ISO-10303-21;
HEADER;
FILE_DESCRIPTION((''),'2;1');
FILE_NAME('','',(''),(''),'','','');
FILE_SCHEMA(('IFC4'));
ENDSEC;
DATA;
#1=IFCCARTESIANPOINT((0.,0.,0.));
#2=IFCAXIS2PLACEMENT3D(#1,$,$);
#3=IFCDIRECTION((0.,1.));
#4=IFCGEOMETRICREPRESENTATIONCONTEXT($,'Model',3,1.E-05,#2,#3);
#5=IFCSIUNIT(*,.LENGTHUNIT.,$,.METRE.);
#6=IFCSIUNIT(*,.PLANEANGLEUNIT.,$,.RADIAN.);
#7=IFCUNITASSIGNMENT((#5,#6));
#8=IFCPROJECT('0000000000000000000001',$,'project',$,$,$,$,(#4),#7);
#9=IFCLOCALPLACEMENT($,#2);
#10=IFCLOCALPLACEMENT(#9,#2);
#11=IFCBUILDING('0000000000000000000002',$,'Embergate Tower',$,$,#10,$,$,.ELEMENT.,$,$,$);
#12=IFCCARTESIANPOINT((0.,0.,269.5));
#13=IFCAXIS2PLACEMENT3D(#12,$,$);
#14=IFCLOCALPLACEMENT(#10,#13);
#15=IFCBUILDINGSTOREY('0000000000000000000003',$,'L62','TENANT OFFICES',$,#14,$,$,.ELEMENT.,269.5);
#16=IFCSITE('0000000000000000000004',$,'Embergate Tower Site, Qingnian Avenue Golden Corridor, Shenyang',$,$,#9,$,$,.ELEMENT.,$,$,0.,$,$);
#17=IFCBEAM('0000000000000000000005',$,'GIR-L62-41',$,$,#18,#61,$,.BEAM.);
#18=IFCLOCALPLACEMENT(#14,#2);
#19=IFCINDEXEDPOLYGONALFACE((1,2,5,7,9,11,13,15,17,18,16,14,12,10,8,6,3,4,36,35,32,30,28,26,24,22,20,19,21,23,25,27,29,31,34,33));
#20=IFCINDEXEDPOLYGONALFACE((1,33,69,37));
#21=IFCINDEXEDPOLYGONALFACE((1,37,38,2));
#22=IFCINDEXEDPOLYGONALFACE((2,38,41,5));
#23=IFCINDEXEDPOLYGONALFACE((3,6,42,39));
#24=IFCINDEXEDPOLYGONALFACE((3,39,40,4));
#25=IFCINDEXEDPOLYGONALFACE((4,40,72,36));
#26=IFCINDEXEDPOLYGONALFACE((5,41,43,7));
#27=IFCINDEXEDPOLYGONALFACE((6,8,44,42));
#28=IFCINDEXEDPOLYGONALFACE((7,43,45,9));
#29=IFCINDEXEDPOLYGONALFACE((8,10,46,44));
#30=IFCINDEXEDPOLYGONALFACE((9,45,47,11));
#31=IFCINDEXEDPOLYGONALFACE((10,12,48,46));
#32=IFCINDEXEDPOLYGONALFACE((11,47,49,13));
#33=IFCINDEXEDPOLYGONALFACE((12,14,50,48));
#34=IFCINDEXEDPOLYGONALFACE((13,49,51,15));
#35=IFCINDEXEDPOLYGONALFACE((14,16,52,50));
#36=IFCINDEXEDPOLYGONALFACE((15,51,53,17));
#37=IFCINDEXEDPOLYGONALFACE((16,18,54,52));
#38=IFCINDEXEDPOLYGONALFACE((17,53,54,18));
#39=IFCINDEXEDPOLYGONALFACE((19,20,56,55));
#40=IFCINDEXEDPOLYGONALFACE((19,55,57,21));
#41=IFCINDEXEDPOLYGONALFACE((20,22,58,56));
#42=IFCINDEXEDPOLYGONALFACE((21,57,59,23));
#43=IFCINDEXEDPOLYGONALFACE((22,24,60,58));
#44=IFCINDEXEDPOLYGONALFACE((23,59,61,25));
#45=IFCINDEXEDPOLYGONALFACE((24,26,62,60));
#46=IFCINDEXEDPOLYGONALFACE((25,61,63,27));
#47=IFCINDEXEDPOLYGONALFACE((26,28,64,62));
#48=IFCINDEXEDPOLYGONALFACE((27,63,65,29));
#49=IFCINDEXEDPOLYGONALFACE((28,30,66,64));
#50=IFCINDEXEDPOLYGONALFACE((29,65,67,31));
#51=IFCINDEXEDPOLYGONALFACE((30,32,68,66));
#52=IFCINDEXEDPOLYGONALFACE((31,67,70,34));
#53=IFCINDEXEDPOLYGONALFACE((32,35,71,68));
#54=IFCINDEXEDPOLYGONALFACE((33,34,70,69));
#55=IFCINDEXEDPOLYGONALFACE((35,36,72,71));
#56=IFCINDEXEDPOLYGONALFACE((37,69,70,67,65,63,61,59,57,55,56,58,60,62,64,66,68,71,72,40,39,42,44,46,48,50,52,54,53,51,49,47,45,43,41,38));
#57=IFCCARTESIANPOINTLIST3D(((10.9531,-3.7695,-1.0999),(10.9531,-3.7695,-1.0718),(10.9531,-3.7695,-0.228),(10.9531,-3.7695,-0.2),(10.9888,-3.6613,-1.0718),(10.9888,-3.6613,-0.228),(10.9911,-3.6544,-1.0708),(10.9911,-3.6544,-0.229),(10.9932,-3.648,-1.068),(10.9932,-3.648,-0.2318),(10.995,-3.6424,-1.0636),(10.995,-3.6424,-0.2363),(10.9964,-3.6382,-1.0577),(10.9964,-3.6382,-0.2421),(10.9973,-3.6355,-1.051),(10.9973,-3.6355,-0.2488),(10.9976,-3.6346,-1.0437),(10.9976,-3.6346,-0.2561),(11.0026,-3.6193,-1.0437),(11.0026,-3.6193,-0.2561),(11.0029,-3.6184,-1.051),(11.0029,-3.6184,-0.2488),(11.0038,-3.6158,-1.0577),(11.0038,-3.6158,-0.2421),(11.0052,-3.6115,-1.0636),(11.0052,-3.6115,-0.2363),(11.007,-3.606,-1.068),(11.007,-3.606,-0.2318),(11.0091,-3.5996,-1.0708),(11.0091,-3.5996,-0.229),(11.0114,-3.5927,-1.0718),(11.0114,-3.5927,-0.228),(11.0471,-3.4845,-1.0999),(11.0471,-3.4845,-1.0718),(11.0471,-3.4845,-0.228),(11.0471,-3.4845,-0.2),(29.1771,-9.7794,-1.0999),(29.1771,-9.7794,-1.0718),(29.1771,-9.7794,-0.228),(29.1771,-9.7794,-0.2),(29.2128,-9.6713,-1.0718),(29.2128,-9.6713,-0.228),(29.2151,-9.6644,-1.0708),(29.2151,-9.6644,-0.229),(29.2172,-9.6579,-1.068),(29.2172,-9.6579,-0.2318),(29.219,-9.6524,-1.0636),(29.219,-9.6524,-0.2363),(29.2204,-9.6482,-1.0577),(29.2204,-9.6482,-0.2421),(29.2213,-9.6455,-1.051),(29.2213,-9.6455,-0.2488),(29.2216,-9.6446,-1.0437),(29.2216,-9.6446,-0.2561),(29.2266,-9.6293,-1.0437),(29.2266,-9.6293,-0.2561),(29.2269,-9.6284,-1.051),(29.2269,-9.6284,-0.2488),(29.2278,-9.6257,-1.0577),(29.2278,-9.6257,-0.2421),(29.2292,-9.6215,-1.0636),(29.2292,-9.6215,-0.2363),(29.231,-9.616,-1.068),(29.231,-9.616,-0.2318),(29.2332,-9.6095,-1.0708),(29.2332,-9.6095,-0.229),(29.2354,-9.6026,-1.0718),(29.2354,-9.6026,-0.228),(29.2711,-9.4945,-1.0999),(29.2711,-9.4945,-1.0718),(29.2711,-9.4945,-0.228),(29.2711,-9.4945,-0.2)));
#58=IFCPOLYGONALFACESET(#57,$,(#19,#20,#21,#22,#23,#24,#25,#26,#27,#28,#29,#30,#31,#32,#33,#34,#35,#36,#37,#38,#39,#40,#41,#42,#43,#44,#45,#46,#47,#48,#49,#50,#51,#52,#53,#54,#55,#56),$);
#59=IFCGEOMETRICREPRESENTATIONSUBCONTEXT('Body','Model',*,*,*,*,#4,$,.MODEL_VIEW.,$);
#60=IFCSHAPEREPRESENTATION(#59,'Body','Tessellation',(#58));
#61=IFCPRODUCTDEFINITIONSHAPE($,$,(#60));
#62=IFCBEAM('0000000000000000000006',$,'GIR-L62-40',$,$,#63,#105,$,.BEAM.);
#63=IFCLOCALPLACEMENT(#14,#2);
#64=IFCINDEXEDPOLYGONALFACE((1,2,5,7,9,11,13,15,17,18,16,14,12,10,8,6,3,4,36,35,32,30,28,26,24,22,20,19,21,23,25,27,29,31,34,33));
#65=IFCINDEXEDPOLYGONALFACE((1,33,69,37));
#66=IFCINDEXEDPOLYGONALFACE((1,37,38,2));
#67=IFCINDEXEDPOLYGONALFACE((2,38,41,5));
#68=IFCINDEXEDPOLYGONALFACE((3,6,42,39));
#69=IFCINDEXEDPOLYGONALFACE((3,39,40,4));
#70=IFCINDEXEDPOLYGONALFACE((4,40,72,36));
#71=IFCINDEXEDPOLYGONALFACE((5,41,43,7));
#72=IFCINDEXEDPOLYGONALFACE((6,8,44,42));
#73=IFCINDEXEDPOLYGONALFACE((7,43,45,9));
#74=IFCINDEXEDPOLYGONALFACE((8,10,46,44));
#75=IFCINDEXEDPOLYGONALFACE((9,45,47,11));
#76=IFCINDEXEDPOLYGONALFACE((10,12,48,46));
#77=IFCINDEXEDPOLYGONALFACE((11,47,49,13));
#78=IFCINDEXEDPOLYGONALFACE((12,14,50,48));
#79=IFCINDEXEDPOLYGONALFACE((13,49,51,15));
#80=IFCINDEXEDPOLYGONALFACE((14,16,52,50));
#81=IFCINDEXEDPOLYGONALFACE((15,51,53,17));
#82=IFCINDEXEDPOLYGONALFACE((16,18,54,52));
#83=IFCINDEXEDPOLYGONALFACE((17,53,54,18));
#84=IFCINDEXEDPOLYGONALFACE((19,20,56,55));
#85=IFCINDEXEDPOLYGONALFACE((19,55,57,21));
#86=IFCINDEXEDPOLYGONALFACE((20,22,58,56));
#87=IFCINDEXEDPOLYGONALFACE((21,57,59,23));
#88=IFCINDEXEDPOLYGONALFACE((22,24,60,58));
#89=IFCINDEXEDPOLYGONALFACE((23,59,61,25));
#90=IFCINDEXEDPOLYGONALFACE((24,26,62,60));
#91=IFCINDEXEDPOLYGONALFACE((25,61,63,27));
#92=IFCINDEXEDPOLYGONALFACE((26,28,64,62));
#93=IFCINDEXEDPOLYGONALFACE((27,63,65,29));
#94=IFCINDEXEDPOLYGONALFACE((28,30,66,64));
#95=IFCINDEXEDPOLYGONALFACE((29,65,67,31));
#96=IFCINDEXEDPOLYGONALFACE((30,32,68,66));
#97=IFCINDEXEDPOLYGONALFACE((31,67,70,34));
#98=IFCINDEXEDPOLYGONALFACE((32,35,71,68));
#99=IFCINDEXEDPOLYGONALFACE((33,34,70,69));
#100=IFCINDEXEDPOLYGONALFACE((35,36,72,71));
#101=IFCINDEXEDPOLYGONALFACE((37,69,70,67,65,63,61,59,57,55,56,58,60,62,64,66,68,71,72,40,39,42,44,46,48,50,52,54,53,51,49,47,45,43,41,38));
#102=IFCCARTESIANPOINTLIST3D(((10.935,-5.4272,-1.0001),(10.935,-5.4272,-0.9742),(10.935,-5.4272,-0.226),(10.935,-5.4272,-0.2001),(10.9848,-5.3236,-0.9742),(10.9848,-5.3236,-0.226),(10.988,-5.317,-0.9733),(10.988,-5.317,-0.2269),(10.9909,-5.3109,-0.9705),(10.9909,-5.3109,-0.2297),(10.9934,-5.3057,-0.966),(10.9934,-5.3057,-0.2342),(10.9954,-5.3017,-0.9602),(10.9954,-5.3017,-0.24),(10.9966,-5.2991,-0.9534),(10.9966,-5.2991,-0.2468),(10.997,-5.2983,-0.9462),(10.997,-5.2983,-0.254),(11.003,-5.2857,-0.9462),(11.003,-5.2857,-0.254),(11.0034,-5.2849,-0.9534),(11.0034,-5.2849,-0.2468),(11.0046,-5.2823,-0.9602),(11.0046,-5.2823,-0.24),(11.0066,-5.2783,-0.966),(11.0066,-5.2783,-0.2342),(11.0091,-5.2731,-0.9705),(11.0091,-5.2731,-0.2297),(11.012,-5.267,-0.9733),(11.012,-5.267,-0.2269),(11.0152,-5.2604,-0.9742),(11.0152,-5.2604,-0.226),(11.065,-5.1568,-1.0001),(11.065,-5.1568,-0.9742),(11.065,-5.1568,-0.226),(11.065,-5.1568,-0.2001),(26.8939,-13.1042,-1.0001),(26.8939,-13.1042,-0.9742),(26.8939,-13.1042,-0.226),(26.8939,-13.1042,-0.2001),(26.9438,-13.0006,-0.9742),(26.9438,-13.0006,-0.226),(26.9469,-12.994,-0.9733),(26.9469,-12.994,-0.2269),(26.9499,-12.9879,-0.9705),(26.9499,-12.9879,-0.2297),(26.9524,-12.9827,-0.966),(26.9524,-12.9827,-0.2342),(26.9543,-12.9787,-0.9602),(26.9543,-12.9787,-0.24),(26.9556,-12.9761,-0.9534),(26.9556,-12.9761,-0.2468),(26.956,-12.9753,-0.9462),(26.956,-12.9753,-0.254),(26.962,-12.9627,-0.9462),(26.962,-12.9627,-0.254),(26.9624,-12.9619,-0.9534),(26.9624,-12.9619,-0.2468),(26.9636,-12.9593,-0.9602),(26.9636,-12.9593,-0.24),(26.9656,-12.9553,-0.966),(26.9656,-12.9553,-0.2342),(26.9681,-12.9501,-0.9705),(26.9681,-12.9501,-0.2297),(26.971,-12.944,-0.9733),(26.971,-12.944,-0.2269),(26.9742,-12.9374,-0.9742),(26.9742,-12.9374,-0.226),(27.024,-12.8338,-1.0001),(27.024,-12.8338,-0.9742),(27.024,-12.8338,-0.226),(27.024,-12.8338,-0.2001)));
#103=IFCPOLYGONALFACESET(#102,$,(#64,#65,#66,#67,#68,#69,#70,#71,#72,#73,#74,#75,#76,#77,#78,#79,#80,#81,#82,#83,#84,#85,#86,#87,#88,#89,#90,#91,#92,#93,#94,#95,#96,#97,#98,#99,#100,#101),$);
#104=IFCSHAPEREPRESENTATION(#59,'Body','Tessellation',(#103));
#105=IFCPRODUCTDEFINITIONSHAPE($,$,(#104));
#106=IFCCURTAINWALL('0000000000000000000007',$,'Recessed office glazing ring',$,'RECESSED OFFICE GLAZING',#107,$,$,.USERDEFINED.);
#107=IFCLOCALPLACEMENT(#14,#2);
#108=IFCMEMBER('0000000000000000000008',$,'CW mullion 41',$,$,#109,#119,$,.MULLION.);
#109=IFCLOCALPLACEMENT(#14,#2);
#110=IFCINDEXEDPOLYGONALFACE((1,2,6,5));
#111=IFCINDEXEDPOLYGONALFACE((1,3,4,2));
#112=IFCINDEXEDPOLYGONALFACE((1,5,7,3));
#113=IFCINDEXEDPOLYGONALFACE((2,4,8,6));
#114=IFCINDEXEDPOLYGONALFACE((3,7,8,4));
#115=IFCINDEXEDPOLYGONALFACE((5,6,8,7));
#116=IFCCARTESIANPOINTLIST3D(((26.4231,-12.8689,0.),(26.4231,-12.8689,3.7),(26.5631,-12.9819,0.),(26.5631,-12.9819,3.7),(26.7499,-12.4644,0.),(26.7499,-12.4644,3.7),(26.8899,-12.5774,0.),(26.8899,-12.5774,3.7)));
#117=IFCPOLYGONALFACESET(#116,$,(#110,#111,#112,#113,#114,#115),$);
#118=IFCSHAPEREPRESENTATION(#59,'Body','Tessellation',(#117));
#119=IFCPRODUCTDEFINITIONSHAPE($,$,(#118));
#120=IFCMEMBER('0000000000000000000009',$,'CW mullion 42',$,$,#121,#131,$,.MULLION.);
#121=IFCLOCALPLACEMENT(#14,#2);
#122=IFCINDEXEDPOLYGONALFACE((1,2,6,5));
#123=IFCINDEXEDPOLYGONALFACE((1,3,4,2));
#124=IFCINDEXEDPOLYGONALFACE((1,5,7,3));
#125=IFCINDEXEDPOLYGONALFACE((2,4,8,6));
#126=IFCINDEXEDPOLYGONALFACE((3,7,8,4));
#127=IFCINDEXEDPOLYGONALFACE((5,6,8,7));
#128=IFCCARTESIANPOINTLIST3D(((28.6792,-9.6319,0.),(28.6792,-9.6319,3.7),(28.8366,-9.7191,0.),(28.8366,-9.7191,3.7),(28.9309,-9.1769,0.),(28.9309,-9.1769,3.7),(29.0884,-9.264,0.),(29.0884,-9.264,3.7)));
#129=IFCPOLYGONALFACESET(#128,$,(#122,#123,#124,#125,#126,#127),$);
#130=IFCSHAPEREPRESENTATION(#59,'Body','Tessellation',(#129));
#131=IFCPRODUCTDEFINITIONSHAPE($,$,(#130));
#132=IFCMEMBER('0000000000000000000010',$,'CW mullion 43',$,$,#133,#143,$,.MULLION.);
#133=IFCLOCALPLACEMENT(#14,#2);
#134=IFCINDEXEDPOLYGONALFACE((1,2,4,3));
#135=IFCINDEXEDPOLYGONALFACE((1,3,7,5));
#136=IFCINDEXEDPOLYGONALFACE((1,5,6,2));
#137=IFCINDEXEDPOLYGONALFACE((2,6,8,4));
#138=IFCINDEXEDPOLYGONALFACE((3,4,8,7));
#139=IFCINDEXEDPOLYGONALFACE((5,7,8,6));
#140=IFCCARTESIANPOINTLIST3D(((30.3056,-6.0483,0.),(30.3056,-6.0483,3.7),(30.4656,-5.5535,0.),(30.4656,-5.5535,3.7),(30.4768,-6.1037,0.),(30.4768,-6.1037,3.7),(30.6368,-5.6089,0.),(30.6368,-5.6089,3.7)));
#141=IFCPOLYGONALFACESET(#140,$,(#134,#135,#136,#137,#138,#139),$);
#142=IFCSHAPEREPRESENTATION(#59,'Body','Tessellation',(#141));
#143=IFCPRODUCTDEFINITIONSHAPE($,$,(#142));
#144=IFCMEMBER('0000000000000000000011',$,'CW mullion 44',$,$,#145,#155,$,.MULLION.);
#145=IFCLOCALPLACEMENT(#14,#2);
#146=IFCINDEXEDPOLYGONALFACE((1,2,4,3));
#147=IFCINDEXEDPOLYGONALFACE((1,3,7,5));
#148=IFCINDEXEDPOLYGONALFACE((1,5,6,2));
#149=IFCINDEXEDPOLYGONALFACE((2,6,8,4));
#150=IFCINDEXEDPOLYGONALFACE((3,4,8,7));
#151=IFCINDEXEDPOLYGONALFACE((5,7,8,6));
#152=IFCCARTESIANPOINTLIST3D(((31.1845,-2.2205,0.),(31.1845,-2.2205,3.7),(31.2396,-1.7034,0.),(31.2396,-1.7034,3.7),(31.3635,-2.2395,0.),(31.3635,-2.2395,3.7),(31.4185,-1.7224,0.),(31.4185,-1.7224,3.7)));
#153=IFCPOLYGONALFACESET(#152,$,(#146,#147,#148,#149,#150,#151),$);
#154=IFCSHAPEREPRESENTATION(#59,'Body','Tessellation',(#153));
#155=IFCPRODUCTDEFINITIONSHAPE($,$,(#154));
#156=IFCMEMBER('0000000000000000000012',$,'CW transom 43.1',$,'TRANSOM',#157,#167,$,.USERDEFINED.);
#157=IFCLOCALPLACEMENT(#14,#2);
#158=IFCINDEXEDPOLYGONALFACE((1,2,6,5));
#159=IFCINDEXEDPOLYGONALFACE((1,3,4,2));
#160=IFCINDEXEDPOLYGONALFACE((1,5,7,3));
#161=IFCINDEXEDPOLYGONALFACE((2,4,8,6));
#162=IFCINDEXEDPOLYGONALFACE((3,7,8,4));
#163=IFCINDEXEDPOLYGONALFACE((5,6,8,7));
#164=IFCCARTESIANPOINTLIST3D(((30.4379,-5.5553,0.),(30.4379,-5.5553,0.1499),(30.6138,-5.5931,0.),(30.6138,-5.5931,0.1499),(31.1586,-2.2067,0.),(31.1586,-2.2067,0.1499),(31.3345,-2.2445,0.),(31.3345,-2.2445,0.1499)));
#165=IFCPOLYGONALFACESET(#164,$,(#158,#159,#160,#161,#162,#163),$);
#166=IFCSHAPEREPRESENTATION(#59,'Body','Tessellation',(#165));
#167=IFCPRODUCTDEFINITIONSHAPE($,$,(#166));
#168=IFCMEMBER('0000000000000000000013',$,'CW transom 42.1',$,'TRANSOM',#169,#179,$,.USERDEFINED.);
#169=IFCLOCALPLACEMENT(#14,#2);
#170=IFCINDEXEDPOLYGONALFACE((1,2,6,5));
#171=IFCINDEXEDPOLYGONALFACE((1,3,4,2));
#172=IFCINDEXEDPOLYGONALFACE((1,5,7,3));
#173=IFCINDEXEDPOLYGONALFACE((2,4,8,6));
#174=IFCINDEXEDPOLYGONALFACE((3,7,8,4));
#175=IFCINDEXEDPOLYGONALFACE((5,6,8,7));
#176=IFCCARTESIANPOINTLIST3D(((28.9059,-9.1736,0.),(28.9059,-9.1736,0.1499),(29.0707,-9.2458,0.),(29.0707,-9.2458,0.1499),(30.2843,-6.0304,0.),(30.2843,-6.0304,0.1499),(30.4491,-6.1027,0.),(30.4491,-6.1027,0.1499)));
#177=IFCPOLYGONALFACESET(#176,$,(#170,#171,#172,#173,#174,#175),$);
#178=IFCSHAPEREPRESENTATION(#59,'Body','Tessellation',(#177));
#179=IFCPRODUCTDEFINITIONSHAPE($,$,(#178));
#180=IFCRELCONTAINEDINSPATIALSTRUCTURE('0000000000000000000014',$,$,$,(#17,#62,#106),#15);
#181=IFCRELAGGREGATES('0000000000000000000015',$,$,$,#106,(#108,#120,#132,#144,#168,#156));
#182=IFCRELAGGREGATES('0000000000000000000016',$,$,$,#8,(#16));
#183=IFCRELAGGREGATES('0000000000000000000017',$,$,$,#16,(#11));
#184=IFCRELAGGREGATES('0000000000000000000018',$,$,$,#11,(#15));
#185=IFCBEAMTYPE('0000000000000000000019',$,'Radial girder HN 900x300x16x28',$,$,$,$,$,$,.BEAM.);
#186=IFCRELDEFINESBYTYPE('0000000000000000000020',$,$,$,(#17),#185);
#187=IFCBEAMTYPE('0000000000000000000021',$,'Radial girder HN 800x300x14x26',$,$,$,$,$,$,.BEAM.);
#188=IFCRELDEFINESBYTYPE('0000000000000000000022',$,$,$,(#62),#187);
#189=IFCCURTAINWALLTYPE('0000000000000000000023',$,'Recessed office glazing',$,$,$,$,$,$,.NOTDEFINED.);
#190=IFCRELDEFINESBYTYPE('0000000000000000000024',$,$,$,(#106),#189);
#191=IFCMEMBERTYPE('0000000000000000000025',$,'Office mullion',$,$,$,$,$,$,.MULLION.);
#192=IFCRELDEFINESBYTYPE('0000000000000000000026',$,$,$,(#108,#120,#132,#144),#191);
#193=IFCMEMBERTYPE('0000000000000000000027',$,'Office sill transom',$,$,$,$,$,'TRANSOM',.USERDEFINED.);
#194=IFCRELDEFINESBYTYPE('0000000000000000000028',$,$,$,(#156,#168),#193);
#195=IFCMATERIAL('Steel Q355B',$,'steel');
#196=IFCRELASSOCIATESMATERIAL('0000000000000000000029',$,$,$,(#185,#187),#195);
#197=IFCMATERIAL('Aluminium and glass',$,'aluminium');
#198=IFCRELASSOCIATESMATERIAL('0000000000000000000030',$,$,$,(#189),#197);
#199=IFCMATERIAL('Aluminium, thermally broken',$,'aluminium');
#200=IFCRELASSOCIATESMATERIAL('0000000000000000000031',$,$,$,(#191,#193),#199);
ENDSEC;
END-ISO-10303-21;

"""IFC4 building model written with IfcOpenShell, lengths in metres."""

from ifc_helpers import new_model, si_unit, direction, frame, origin, origin_2d, place, context, subcontext, project, spatial, rectangle, i_section, extrude, source, transform, mapped, material, material_profile, profile_set, type_object, element, aggregate, save


model = new_model("IFC4")

# Units and contexts
model_context = context("Model", 3, precision=1e-05, world=origin(), true_north=direction((0.0, 1.0)))
body_context = subcontext(model_context, "Body", "Model", "MODEL_VIEW")
ifc_project = project(units=[si_unit("LENGTHUNIT", "METRE"), si_unit("PLANEANGLEUNIT", "RADIAN")], contexts=[model_context])

# Site, building, storey
site_placement = place(None, origin())
site = spatial("IfcSite", under=ifc_project, at=site_placement, Name="Embergate Tower Site, Qingnian Avenue Golden Corridor, Shenyang", CompositionType="ELEMENT", RefElevation=0.0)
building_placement = place(site_placement, origin())
building = spatial("IfcBuilding", under=site, at=building_placement, Name="Embergate Tower", CompositionType="ELEMENT")
storey_placement = place(building_placement, frame((0.0, 0.0, 269.5)))
storey = spatial("IfcBuildingStorey", under=building, at=storey_placement, Name="L62", Description="TENANT OFFICES", CompositionType="ELEMENT", Elevation=269.5)

# Beams
ifc_material_1 = material(Name="Steel Q355B", Category="steel")
ifc_material_profile_1 = material_profile(ifc_material_1, i_section(OverallWidth=0.3, OverallDepth=0.8999, WebThickness=0.0161, FlangeThickness=0.0281, FilletRadius=0.0281, at=origin_2d()), Name="HN 900x300x16x28")
ifc_profile_set_1 = profile_set([ifc_material_profile_1], Name="Steel Q355 grade B")
beam_type_1 = type_object("IfcBeamType", Name="Radial girder HN 900x300x16x28", PredefinedType="BEAM", material=ifc_profile_set_1)
shared_shape_1 = source(origin(), body_context, "Body", "SweptSolid", [
    extrude(i_section(OverallWidth=0.3, OverallDepth=0.8999, WebThickness=0.0161, FlangeThickness=0.0281, FilletRadius=0.0281, at=origin_2d()), origin(), (0.0, 0.0, 1.0), 19.1895),
])
beam_1_placement = place(storey_placement, frame((29.2241, -9.637, -0.6499), z_axis=(-0.94969, 0.313192, 0.0), x_axis=(-0.313192, -0.94969, 0.0)))
element("IfcBeam", 1, at=beam_1_placement, inside=storey, type_object=beam_type_1, Name="GIR-L62-41", PredefinedType="BEAM", context=body_context, shape_type="MappedRepresentation", body=[
    mapped(shared_shape_1, transform((0.0, 0.0, 0.0))),
])
ifc_material_profile_2 = material_profile(ifc_material_1, i_section(OverallWidth=0.3, OverallDepth=0.8, WebThickness=0.0139, FlangeThickness=0.0259, FilletRadius=0.0281, at=origin_2d()), Name="HN 800x300x14x26")
ifc_profile_set_2 = profile_set([ifc_material_profile_2], Name="Steel Q355 grade B")
beam_type_2 = type_object("IfcBeamType", Name="Radial girder HN 800x300x14x26", PredefinedType="BEAM", material=ifc_profile_set_2)
shared_shape_2 = source(origin(), body_context, "Body", "SweptSolid", [
    extrude(i_section(OverallWidth=0.3, OverallDepth=0.8, WebThickness=0.0139, FlangeThickness=0.0259, FilletRadius=0.0281, at=origin_2d()), origin(), (0.0, 0.0, 1.0), 17.7095),
])
beam_2_placement = place(storey_placement, frame((26.959, -12.969, -0.6001), z_axis=(-0.901155, 0.433497, 0.0), x_axis=(-0.433497, -0.901155, 0.0)))
element("IfcBeam", 2, at=beam_2_placement, inside=storey, type_object=beam_type_2, Name="GIR-L62-40", PredefinedType="BEAM", context=body_context, shape_type="MappedRepresentation", body=[
    mapped(shared_shape_2, transform((0.0, 0.0, 0.0))),
])

# Curtain wall, members
ifc_material_2 = material(Name="Aluminium and glass", Category="aluminium")
curtain_wall_type = type_object("IfcCurtainWallType", Name="Recessed office glazing", PredefinedType="NOTDEFINED", material=ifc_material_2)
curtain_wall_placement = place(storey_placement, origin())
curtain_wall = element("IfcCurtainWall", 3, at=curtain_wall_placement, inside=storey, type_object=curtain_wall_type, Name="Recessed office glazing ring", ObjectType="RECESSED OFFICE GLAZING", PredefinedType="USERDEFINED")
ifc_material_3 = material(Name="Aluminium, thermally broken", Category="aluminium")
ifc_material_profile_3 = material_profile(ifc_material_3, rectangle(XDim=0.1799, YDim=0.52, at=origin_2d()), Name="AL 520x180")
ifc_profile_set_3 = profile_set([ifc_material_profile_3], Name="Aluminium, thermally broken")
member_type_1 = type_object("IfcMemberType", Name="Office mullion", PredefinedType="MULLION", material=ifc_profile_set_3)
shared_shape_3 = source(origin(), body_context, "Body", "SweptSolid", [
    extrude(rectangle(XDim=0.1799, YDim=0.52, at=origin_2d()), origin(), (0.0, 0.0, 1.0), 3.7),
])
member_1_placement = place(storey_placement, frame((26.6565, -12.7231, 0.0), z_axis=(0.0, 0.0, 1.0), x_axis=(-0.777862, 0.628436, 0.0)))
member_1 = element("IfcMember", 4, at=member_1_placement, type_object=member_type_1, Name="CW mullion 41", PredefinedType="MULLION", context=body_context, shape_type="MappedRepresentation", body=[
    mapped(shared_shape_3, transform((0.0, 0.0, 0.0))),
])
member_2_placement = place(storey_placement, frame((28.8838, -9.448, 0.0), z_axis=(0.0, 0.0, 1.0), x_axis=(-0.874993, 0.484136, 0.0)))
member_2 = element("IfcMember", 5, at=member_2_placement, type_object=member_type_1, Name="CW mullion 42", PredefinedType="MULLION", context=body_context, shape_type="MappedRepresentation", body=[
    mapped(shared_shape_3, transform((0.0, 0.0, 0.0))),
])
member_3_placement = place(storey_placement, frame((30.4712, -5.8286, 0.0), z_axis=(0.0, 0.0, 1.0), x_axis=(-0.951493, 0.307671, 0.0)))
member_3 = element("IfcMember", 6, at=member_3_placement, type_object=member_type_1, Name="CW mullion 43", PredefinedType="MULLION", context=body_context, shape_type="MappedRepresentation", body=[
    mapped(shared_shape_3, transform((0.0, 0.0, 0.0))),
])
member_4_placement = place(storey_placement, frame((31.3015, -1.9714, 0.0), z_axis=(0.0, 0.0, 1.0), x_axis=(-0.994384, 0.10583, 0.0)))
member_4 = element("IfcMember", 7, at=member_4_placement, type_object=member_type_1, Name="CW mullion 44", PredefinedType="MULLION", context=body_context, shape_type="MappedRepresentation", body=[
    mapped(shared_shape_3, transform((0.0, 0.0, 0.0))),
])
ifc_material_profile_4 = material_profile(ifc_material_3, rectangle(XDim=0.1799, YDim=0.1499, at=origin_2d()), Name="AL 150x180")
ifc_profile_set_4 = profile_set([ifc_material_profile_4], Name="Aluminium, thermally broken")
member_type_2 = type_object("IfcMemberType", Name="Office sill transom", ElementType="TRANSOM", PredefinedType="USERDEFINED", material=ifc_profile_set_4)
shared_shape_4 = source(origin(), body_context, "Body", "SweptSolid", [
    extrude(rectangle(XDim=0.1799, YDim=0.1499, at=origin_2d()), origin(), (0.0, 0.0, 1.0), 3.4253),
])
member_5_placement = place(storey_placement, frame((30.5259, -5.5742, 0.075), z_axis=(0.210405, 0.977614, 0.0), x_axis=(-0.977614, 0.210405, 0.0)))
member_5 = element("IfcMember", 8, at=member_5_placement, type_object=member_type_2, Name="CW transom 43.1", ObjectType="TRANSOM", PredefinedType="USERDEFINED", context=body_context, shape_type="MappedRepresentation", body=[
    mapped(shared_shape_4, transform((0.0, 0.0, 0.0))),
])
shared_shape_5 = source(origin(), body_context, "Body", "SweptSolid", [
    extrude(rectangle(XDim=0.1799, YDim=0.1499, at=origin_2d()), origin(), (0.0, 0.0, 1.0), 3.4321),
])
member_6_placement = place(storey_placement, frame((28.9883, -9.2097, 0.075), z_axis=(0.401632, 0.915801, 0.0), x_axis=(-0.915801, 0.401632, 0.0)))
member_6 = element("IfcMember", 9, at=member_6_placement, type_object=member_type_2, Name="CW transom 42.1", ObjectType="TRANSOM", PredefinedType="USERDEFINED", context=body_context, shape_type="MappedRepresentation", body=[
    mapped(shared_shape_5, transform((0.0, 0.0, 0.0))),
])
aggregate(curtain_wall, [member_1, member_2, member_3, member_4, member_6, member_5])

save(model, "model.ifc")
